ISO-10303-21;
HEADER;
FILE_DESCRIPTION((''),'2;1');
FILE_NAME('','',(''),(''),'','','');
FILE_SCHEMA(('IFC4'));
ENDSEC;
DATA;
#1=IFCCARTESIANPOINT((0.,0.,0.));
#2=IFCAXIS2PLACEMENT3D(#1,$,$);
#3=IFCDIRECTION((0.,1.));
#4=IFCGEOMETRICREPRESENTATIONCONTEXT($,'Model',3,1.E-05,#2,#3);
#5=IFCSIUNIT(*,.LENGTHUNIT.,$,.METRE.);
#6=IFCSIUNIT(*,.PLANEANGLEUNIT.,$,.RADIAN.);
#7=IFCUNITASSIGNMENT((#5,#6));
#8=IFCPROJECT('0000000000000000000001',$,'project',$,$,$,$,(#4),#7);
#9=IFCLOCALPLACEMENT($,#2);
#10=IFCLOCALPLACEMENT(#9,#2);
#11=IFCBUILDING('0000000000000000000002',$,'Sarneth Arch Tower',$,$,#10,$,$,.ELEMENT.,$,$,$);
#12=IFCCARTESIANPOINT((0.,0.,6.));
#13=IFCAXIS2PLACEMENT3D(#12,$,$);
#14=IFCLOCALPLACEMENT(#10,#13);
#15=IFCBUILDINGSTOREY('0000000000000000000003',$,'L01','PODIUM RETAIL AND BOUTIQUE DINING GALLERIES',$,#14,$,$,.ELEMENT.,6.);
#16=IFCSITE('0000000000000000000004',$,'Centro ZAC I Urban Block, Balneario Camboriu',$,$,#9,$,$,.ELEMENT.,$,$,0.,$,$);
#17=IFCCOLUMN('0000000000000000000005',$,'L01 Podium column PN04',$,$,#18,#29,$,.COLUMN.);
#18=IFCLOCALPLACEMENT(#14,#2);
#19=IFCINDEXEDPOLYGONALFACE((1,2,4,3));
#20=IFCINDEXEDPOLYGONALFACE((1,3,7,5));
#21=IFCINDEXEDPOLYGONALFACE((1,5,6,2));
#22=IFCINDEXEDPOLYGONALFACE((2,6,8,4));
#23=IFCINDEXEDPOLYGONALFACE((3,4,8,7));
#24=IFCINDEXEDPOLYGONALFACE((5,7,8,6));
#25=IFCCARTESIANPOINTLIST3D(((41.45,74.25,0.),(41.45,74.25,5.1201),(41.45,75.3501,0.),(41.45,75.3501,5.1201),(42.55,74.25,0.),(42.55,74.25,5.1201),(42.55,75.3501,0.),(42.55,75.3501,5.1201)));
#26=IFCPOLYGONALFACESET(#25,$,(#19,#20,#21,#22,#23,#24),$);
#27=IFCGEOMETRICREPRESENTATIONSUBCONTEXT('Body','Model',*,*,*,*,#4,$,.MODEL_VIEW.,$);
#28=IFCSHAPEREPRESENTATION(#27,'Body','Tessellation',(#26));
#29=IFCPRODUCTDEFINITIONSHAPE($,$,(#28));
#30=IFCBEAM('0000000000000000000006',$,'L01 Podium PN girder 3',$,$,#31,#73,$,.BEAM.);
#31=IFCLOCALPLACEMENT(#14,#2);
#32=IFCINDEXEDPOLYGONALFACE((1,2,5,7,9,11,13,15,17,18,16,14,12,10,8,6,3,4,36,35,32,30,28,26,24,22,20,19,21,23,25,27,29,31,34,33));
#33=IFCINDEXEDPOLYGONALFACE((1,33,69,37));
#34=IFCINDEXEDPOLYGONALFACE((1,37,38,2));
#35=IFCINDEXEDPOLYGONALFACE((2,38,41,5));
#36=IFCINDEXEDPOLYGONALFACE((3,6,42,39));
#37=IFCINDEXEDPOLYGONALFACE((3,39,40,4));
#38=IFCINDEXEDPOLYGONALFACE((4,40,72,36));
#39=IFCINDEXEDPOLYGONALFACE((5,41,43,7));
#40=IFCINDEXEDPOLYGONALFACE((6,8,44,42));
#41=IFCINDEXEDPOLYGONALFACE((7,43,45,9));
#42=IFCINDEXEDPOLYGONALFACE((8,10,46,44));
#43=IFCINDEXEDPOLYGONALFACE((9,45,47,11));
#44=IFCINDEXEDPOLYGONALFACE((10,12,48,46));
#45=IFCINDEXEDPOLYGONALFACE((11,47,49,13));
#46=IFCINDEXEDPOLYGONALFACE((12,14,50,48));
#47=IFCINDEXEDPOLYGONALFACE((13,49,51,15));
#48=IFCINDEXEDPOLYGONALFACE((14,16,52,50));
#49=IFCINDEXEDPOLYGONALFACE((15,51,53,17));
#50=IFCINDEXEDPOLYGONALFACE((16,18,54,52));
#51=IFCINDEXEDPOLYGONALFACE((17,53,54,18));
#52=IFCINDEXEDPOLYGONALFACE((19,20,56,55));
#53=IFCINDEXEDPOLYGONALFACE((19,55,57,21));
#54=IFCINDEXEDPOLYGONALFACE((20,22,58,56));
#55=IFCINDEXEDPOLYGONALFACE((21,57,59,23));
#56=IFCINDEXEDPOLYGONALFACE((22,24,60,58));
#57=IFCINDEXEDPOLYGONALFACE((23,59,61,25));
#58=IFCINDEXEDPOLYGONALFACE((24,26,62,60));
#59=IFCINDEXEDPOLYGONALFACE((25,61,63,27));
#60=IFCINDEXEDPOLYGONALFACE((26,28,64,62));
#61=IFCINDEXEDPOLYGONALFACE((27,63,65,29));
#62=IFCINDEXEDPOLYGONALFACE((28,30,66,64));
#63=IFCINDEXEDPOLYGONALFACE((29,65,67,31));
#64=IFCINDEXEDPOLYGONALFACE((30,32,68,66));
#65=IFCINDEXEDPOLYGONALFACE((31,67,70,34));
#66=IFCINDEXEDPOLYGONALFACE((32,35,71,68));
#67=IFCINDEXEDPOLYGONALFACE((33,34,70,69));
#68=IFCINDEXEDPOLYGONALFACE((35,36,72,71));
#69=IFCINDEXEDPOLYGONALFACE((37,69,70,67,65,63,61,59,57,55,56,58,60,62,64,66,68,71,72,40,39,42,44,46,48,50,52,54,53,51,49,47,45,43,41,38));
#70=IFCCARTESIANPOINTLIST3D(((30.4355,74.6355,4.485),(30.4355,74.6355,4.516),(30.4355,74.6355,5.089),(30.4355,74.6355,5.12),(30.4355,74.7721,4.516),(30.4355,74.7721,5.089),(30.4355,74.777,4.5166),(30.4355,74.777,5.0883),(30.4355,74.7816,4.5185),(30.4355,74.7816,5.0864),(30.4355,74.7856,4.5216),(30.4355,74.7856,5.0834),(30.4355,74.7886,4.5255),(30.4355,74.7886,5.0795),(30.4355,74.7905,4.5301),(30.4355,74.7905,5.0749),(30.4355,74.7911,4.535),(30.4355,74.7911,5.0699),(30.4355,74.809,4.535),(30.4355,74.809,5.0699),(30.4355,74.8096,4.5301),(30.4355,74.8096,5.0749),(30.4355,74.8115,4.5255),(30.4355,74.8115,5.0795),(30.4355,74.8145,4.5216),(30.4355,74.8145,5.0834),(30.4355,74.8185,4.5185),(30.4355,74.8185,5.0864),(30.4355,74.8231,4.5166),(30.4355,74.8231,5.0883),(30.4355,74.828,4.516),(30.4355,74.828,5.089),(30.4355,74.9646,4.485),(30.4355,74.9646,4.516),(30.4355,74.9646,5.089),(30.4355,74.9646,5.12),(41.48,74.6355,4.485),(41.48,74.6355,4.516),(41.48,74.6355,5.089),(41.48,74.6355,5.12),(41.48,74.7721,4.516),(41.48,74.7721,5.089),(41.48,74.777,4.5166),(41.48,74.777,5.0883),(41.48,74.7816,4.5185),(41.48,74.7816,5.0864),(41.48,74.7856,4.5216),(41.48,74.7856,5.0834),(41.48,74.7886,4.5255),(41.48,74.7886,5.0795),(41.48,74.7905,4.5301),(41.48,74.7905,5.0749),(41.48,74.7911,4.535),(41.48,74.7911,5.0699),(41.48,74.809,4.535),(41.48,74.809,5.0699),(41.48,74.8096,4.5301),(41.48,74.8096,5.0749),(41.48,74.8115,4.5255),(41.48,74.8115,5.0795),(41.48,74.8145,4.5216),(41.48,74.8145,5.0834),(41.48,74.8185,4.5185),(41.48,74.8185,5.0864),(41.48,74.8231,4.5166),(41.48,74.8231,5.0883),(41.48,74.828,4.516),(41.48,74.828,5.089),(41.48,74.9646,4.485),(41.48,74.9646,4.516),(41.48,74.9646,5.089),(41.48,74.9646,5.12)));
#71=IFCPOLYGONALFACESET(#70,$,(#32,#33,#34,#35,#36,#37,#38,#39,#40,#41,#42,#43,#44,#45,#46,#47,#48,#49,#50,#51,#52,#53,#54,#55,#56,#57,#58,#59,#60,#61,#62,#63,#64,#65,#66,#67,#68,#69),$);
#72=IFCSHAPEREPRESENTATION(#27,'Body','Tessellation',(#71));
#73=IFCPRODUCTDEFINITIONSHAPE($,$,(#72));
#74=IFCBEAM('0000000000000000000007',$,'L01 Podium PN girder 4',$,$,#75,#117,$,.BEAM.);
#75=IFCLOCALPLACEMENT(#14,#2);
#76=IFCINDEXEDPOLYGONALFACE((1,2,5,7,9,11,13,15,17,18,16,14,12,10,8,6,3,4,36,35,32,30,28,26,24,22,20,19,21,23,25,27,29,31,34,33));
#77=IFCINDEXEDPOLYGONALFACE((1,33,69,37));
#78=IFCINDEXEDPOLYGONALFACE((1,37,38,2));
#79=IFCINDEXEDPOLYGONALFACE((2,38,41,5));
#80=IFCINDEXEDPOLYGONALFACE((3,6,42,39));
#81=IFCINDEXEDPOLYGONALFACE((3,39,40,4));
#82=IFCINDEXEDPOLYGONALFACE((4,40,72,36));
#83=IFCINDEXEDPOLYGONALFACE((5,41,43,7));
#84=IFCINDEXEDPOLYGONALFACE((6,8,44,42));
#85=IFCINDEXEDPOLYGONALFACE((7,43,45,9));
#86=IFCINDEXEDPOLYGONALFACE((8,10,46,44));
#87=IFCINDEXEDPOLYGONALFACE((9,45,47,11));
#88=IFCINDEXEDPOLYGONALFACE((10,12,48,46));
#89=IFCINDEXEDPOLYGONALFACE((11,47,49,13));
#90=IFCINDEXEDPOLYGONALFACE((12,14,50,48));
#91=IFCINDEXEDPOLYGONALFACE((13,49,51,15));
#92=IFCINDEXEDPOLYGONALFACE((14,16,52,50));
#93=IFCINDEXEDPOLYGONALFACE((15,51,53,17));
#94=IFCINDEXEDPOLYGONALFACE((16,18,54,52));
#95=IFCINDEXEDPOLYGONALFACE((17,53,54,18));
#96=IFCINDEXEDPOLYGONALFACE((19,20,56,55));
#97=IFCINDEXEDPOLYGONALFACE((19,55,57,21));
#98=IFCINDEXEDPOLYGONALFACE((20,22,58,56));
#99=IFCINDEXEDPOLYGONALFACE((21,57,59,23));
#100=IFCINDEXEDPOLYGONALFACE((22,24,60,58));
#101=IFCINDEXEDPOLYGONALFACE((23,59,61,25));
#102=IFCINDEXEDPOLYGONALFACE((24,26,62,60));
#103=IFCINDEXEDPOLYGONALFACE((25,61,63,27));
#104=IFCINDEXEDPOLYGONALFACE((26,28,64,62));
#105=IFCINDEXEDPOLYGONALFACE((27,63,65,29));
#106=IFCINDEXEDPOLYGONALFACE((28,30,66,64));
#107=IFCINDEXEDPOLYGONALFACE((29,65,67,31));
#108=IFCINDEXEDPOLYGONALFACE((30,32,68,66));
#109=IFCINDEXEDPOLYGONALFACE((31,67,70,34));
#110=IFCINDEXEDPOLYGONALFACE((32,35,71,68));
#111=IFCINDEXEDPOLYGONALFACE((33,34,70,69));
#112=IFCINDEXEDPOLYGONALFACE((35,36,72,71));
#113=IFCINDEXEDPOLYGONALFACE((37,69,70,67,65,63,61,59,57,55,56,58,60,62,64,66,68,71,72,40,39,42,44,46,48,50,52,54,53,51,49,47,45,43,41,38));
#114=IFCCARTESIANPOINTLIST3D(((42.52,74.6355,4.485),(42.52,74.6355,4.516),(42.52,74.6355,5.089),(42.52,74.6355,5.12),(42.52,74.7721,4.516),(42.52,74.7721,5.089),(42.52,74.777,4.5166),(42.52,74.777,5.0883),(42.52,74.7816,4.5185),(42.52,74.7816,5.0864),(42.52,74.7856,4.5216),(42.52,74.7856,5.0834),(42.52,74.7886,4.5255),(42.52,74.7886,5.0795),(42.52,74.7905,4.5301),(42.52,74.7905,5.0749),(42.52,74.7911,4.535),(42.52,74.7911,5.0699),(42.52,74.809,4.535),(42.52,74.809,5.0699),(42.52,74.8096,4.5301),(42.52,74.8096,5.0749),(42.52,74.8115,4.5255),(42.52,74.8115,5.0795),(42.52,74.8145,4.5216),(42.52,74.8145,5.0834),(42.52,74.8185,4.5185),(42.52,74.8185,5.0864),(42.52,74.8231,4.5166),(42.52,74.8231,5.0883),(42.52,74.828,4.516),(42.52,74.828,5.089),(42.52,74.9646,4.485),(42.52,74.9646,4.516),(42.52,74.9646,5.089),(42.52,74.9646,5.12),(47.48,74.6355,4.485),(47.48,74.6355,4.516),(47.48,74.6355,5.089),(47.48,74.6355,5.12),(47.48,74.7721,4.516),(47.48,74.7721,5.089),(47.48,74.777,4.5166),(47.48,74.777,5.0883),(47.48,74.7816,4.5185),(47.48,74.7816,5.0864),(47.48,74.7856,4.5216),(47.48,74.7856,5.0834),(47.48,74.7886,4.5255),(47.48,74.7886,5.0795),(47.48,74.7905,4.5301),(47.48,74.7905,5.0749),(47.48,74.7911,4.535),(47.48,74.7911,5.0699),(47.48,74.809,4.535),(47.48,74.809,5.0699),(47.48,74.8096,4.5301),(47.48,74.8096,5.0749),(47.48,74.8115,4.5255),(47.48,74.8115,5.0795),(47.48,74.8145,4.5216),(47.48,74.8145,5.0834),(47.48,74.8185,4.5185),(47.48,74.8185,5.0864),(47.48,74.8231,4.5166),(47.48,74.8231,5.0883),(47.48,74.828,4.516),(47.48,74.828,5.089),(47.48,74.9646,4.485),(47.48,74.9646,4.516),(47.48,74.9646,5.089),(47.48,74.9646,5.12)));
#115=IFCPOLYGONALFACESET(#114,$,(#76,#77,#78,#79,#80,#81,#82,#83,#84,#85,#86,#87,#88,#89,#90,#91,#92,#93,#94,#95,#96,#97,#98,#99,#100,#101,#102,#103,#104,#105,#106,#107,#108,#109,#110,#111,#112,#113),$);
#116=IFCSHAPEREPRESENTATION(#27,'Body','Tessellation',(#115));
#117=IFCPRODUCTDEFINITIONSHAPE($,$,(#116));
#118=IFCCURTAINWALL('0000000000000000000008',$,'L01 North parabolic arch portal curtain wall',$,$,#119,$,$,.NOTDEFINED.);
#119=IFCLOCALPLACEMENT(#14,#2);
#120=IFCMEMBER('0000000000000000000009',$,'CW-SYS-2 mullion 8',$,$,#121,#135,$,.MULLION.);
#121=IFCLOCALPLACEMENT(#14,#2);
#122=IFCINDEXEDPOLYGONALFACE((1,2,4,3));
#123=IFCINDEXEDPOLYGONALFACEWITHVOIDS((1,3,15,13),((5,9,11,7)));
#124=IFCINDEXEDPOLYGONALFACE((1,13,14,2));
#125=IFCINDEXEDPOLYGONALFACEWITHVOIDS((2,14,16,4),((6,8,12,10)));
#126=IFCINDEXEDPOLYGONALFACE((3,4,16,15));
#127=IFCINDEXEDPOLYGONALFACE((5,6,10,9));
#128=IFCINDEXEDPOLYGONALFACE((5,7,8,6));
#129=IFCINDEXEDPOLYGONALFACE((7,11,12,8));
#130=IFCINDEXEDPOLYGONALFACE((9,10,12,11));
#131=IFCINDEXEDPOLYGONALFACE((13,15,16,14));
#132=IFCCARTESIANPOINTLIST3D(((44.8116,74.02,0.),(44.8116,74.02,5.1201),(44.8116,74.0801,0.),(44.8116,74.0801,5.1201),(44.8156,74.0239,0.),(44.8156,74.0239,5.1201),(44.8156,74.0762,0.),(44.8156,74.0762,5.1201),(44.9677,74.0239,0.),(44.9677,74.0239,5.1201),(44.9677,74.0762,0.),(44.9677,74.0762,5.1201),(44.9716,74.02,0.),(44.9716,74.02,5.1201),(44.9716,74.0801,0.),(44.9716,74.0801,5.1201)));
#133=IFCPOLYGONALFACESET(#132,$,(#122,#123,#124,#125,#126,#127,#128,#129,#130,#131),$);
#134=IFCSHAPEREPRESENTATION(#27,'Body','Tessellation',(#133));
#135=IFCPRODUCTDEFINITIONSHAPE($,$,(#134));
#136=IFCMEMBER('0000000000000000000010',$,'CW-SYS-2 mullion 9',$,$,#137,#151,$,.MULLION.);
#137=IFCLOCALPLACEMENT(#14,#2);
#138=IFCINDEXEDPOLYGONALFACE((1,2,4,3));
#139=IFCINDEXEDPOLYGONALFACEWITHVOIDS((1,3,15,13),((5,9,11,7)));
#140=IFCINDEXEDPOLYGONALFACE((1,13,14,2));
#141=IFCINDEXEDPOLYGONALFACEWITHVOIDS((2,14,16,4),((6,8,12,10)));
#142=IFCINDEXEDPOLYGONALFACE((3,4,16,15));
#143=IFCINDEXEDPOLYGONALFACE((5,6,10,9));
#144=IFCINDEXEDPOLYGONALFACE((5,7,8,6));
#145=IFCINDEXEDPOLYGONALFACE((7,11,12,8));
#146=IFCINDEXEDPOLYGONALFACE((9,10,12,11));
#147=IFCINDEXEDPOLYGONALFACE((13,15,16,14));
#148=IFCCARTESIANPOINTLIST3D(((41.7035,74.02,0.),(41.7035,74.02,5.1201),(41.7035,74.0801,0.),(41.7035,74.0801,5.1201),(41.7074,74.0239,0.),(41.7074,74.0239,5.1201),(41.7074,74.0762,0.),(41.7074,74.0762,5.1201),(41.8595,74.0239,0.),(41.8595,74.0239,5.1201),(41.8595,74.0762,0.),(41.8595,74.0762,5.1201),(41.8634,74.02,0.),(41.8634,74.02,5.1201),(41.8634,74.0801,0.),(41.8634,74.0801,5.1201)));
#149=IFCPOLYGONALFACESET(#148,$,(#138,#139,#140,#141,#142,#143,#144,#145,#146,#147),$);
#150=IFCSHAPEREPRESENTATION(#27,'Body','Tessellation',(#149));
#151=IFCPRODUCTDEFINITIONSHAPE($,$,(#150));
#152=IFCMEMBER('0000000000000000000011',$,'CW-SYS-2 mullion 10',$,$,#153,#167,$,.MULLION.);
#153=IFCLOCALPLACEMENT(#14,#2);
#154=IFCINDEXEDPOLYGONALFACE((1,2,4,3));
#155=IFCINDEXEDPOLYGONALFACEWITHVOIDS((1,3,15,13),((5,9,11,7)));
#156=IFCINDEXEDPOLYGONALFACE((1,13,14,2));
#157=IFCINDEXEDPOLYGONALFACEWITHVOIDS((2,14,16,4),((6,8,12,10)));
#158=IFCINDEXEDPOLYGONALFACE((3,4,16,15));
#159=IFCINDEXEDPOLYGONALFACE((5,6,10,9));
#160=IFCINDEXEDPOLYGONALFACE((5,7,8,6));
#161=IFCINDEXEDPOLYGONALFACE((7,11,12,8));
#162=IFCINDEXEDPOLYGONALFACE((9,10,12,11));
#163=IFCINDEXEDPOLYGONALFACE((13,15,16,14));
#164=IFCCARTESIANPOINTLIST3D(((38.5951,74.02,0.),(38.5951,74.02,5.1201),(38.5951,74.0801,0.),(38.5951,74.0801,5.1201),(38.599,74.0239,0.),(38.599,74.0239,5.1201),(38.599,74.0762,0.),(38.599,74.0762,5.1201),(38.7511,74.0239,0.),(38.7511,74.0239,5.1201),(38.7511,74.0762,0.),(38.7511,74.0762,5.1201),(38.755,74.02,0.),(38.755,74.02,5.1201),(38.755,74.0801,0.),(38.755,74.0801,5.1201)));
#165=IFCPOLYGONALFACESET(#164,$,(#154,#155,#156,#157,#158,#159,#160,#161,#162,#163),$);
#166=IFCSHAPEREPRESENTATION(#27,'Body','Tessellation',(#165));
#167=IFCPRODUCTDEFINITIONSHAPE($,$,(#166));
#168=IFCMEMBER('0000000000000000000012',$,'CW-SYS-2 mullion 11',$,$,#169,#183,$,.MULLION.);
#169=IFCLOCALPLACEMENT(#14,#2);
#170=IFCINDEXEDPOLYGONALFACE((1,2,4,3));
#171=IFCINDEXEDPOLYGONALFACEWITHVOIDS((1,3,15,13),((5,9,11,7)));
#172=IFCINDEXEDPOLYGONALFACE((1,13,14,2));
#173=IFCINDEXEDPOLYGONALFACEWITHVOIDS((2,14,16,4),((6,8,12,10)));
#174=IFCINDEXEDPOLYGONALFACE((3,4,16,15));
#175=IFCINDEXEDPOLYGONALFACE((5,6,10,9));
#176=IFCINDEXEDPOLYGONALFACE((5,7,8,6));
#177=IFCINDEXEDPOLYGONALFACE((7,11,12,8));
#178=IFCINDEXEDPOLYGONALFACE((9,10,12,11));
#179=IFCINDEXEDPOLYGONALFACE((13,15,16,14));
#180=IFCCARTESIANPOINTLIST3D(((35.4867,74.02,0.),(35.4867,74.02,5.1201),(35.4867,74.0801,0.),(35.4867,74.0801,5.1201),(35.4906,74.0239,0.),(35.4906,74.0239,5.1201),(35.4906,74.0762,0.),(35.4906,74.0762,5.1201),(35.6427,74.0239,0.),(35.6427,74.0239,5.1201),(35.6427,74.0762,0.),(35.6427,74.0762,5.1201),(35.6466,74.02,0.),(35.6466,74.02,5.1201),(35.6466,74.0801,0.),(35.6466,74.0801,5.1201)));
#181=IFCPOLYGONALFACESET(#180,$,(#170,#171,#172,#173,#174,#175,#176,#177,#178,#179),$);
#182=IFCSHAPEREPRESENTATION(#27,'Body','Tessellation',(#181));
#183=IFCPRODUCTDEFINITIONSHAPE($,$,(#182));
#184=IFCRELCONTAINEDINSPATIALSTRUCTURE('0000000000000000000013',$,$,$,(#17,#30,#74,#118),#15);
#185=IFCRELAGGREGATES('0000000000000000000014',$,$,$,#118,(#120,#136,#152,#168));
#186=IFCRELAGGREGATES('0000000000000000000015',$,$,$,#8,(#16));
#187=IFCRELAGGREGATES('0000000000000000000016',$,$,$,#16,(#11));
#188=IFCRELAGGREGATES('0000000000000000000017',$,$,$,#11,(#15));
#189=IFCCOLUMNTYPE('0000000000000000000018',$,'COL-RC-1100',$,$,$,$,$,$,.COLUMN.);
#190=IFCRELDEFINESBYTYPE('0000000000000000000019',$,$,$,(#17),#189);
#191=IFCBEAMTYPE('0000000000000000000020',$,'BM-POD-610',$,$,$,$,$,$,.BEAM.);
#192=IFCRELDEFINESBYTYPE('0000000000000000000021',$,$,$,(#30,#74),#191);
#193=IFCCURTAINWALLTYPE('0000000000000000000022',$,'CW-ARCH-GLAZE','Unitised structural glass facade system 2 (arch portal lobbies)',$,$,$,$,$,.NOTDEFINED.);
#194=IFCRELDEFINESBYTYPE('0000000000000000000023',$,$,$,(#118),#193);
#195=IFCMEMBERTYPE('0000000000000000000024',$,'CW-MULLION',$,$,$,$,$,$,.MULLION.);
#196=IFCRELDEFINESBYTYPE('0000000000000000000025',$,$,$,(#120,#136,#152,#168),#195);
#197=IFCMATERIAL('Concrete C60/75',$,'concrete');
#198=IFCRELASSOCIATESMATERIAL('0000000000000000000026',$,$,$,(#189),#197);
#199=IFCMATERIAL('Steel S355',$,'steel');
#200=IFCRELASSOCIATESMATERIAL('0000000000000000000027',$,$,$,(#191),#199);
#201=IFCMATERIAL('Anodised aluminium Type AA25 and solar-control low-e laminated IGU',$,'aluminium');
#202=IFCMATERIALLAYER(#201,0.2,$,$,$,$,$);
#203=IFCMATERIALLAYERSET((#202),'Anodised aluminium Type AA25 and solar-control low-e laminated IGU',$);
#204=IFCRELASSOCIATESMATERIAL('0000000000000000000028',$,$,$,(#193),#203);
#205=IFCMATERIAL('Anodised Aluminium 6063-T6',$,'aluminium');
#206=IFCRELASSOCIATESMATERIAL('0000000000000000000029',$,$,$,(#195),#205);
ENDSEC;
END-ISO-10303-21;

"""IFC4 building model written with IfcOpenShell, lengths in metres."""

from ifc_helpers import new_model, si_unit, direction, frame, origin, origin_2d, place, context, subcontext, project, spatial, rectangle, hollow_rectangle, i_section, extrude, material, layer, layer_set, material_profile, profile_set, type_object, element, aggregate, save


model = new_model("IFC4")

# Units and contexts
model_context = context("Model", 3, precision=1e-05, world=origin(), true_north=direction((0.0, 1.0)))
body_context = subcontext(model_context, "Body", "Model", "MODEL_VIEW")
ifc_project = project(units=[si_unit("LENGTHUNIT", "METRE"), si_unit("PLANEANGLEUNIT", "RADIAN")], contexts=[model_context])

# Site, building, storey
site_placement = place(None, origin())
site = spatial("IfcSite", under=ifc_project, at=site_placement, Name="Centro ZAC I Urban Block, Balneario Camboriu", CompositionType="ELEMENT", RefElevation=0.0)
building_placement = place(site_placement, origin())
building = spatial("IfcBuilding", under=site, at=building_placement, Name="Sarneth Arch Tower", CompositionType="ELEMENT")
storey_placement = place(building_placement, frame((0.0, 0.0, 6.0)))
storey = spatial("IfcBuildingStorey", under=building, at=storey_placement, Name="L01", Description="PODIUM RETAIL AND BOUTIQUE DINING GALLERIES", CompositionType="ELEMENT", Elevation=6.0)

# Column
ifc_material_1 = material(Name="Concrete C60/75", Category="concrete")
ifc_material_profile_1 = material_profile(ifc_material_1, rectangle(XDim=1.1001, YDim=1.1001, at=origin_2d()), Name="RC-1100x1100")
ifc_profile_set_1 = profile_set([ifc_material_profile_1], Name="Concrete C60/75")
column_type = type_object("IfcColumnType", Name="COL-RC-1100", PredefinedType="COLUMN", material=ifc_profile_set_1)
column_placement = place(storey_placement, frame((42.0, 74.8, 0.0), z_axis=(0.0, 0.0, 1.0), x_axis=(1.0, 0.0, 0.0)))
element("IfcColumn", 1, at=column_placement, inside=storey, type_object=column_type, Name="L01 Podium column PN04", PredefinedType="COLUMN", context=body_context, shape_type="SweptSolid", body=[
    extrude(rectangle(XDim=1.1001, YDim=1.1001, at=origin_2d()), origin(), (0.0, 0.0, 1.0), 5.1201),
])

# Beams
ifc_material_2 = material(Name="Steel S355", Category="steel")
ifc_material_profile_2 = material_profile(ifc_material_2, i_section(OverallWidth=0.3291, OverallDepth=0.635, WebThickness=0.0178, FlangeThickness=0.031, FilletRadius=0.019, at=origin_2d()), Name="W610x241")
ifc_profile_set_2 = profile_set([ifc_material_profile_2], Name="Steel S355")
beam_type = type_object("IfcBeamType", Name="BM-POD-610", PredefinedType="BEAM", material=ifc_profile_set_2)
beam_1_placement = place(storey_placement, frame((30.4355, 74.8, 4.8025), z_axis=(1.0, 0.0, 0.0), x_axis=(0.0, 1.0, 0.0)))
element("IfcBeam", 2, at=beam_1_placement, inside=storey, type_object=beam_type, Name="L01 Podium PN girder 3", PredefinedType="BEAM", context=body_context, shape_type="SweptSolid", body=[
    extrude(i_section(OverallWidth=0.3291, OverallDepth=0.635, WebThickness=0.0178, FlangeThickness=0.031, FilletRadius=0.019, at=origin_2d()), origin(), (0.0, 0.0, 1.0), 11.0444),
])
beam_2_placement = place(storey_placement, frame((42.52, 74.8, 4.8025), z_axis=(1.0, 0.0, 0.0), x_axis=(0.0, 1.0, 0.0)))
element("IfcBeam", 3, at=beam_2_placement, inside=storey, type_object=beam_type, Name="L01 Podium PN girder 4", PredefinedType="BEAM", context=body_context, shape_type="SweptSolid", body=[
    extrude(i_section(OverallWidth=0.3291, OverallDepth=0.635, WebThickness=0.0178, FlangeThickness=0.031, FilletRadius=0.019, at=origin_2d()), origin(), (0.0, 0.0, 1.0), 4.96),
])

# Curtain wall, members
ifc_material_3 = material(Name="Anodised aluminium Type AA25 and solar-control low-e laminated IGU", Category="aluminium")
ifc_layer_1 = layer(ifc_material_3, 0.2)
ifc_layer_set_1 = layer_set([ifc_layer_1], Name="Anodised aluminium Type AA25 and solar-control low-e laminated IGU")
curtain_wall_type = type_object("IfcCurtainWallType", Name="CW-ARCH-GLAZE", Description="Unitised structural glass facade system 2 (arch portal lobbies)", PredefinedType="NOTDEFINED", material=ifc_layer_set_1)
curtain_wall_placement = place(storey_placement, origin())
curtain_wall = element("IfcCurtainWall", 4, at=curtain_wall_placement, inside=storey, type_object=curtain_wall_type, Name="L01 North parabolic arch portal curtain wall", PredefinedType="NOTDEFINED")
ifc_material_4 = material(Name="Anodised Aluminium 6063-T6", Category="aluminium")
ifc_material_profile_3 = material_profile(ifc_material_4, hollow_rectangle(XDim=0.0601, YDim=0.1599, WallThickness=0.0039, at=origin_2d()), Name="AL-MULL-160x60x4")
ifc_profile_set_3 = profile_set([ifc_material_profile_3], Name="Anodised Aluminium 6063-T6")
member_type_1 = type_object("IfcMemberType", Name="CW-MULLION", PredefinedType="MULLION", material=ifc_profile_set_3)
member_1_placement = place(storey_placement, frame((44.8916, 74.05, 0.0), z_axis=(0.0, 0.0, 1.0), x_axis=(0.0, -1.0, 0.0)))
member_1 = element("IfcMember", 5, at=member_1_placement, type_object=member_type_1, Name="CW-SYS-2 mullion 8", PredefinedType="MULLION", context=body_context, shape_type="SweptSolid", body=[
    extrude(hollow_rectangle(XDim=0.0601, YDim=0.1599, WallThickness=0.0039, at=origin_2d()), origin(), (0.0, 0.0, 1.0), 5.1201),
])
member_2_placement = place(storey_placement, frame((41.7834, 74.05, 0.0), z_axis=(0.0, 0.0, 1.0), x_axis=(0.0, -1.0, 0.0)))
member_2 = element("IfcMember", 6, at=member_2_placement, type_object=member_type_1, Name="CW-SYS-2 mullion 9", PredefinedType="MULLION", context=body_context, shape_type="SweptSolid", body=[
    extrude(hollow_rectangle(XDim=0.0601, YDim=0.1599, WallThickness=0.0039, at=origin_2d()), origin(), (0.0, 0.0, 1.0), 5.1201),
])
member_3_placement = place(storey_placement, frame((38.675, 74.05, 0.0), z_axis=(0.0, 0.0, 1.0), x_axis=(0.0, -1.0, 0.0)))
member_3 = element("IfcMember", 7, at=member_3_placement, type_object=member_type_1, Name="CW-SYS-2 mullion 10", PredefinedType="MULLION", context=body_context, shape_type="SweptSolid", body=[
    extrude(hollow_rectangle(XDim=0.0601, YDim=0.1599, WallThickness=0.0039, at=origin_2d()), origin(), (0.0, 0.0, 1.0), 5.1201),
])
member_4_placement = place(storey_placement, frame((35.5667, 74.05, 0.0), z_axis=(0.0, 0.0, 1.0), x_axis=(0.0, -1.0, 0.0)))
member_4 = element("IfcMember", 8, at=member_4_placement, type_object=member_type_1, Name="CW-SYS-2 mullion 11", PredefinedType="MULLION", context=body_context, shape_type="SweptSolid", body=[
    extrude(hollow_rectangle(XDim=0.0601, YDim=0.1599, WallThickness=0.0039, at=origin_2d()), origin(), (0.0, 0.0, 1.0), 5.1201),
])

aggregate(curtain_wall, [member_1, member_2, member_3, member_4])

save(model, "model.ifc")
